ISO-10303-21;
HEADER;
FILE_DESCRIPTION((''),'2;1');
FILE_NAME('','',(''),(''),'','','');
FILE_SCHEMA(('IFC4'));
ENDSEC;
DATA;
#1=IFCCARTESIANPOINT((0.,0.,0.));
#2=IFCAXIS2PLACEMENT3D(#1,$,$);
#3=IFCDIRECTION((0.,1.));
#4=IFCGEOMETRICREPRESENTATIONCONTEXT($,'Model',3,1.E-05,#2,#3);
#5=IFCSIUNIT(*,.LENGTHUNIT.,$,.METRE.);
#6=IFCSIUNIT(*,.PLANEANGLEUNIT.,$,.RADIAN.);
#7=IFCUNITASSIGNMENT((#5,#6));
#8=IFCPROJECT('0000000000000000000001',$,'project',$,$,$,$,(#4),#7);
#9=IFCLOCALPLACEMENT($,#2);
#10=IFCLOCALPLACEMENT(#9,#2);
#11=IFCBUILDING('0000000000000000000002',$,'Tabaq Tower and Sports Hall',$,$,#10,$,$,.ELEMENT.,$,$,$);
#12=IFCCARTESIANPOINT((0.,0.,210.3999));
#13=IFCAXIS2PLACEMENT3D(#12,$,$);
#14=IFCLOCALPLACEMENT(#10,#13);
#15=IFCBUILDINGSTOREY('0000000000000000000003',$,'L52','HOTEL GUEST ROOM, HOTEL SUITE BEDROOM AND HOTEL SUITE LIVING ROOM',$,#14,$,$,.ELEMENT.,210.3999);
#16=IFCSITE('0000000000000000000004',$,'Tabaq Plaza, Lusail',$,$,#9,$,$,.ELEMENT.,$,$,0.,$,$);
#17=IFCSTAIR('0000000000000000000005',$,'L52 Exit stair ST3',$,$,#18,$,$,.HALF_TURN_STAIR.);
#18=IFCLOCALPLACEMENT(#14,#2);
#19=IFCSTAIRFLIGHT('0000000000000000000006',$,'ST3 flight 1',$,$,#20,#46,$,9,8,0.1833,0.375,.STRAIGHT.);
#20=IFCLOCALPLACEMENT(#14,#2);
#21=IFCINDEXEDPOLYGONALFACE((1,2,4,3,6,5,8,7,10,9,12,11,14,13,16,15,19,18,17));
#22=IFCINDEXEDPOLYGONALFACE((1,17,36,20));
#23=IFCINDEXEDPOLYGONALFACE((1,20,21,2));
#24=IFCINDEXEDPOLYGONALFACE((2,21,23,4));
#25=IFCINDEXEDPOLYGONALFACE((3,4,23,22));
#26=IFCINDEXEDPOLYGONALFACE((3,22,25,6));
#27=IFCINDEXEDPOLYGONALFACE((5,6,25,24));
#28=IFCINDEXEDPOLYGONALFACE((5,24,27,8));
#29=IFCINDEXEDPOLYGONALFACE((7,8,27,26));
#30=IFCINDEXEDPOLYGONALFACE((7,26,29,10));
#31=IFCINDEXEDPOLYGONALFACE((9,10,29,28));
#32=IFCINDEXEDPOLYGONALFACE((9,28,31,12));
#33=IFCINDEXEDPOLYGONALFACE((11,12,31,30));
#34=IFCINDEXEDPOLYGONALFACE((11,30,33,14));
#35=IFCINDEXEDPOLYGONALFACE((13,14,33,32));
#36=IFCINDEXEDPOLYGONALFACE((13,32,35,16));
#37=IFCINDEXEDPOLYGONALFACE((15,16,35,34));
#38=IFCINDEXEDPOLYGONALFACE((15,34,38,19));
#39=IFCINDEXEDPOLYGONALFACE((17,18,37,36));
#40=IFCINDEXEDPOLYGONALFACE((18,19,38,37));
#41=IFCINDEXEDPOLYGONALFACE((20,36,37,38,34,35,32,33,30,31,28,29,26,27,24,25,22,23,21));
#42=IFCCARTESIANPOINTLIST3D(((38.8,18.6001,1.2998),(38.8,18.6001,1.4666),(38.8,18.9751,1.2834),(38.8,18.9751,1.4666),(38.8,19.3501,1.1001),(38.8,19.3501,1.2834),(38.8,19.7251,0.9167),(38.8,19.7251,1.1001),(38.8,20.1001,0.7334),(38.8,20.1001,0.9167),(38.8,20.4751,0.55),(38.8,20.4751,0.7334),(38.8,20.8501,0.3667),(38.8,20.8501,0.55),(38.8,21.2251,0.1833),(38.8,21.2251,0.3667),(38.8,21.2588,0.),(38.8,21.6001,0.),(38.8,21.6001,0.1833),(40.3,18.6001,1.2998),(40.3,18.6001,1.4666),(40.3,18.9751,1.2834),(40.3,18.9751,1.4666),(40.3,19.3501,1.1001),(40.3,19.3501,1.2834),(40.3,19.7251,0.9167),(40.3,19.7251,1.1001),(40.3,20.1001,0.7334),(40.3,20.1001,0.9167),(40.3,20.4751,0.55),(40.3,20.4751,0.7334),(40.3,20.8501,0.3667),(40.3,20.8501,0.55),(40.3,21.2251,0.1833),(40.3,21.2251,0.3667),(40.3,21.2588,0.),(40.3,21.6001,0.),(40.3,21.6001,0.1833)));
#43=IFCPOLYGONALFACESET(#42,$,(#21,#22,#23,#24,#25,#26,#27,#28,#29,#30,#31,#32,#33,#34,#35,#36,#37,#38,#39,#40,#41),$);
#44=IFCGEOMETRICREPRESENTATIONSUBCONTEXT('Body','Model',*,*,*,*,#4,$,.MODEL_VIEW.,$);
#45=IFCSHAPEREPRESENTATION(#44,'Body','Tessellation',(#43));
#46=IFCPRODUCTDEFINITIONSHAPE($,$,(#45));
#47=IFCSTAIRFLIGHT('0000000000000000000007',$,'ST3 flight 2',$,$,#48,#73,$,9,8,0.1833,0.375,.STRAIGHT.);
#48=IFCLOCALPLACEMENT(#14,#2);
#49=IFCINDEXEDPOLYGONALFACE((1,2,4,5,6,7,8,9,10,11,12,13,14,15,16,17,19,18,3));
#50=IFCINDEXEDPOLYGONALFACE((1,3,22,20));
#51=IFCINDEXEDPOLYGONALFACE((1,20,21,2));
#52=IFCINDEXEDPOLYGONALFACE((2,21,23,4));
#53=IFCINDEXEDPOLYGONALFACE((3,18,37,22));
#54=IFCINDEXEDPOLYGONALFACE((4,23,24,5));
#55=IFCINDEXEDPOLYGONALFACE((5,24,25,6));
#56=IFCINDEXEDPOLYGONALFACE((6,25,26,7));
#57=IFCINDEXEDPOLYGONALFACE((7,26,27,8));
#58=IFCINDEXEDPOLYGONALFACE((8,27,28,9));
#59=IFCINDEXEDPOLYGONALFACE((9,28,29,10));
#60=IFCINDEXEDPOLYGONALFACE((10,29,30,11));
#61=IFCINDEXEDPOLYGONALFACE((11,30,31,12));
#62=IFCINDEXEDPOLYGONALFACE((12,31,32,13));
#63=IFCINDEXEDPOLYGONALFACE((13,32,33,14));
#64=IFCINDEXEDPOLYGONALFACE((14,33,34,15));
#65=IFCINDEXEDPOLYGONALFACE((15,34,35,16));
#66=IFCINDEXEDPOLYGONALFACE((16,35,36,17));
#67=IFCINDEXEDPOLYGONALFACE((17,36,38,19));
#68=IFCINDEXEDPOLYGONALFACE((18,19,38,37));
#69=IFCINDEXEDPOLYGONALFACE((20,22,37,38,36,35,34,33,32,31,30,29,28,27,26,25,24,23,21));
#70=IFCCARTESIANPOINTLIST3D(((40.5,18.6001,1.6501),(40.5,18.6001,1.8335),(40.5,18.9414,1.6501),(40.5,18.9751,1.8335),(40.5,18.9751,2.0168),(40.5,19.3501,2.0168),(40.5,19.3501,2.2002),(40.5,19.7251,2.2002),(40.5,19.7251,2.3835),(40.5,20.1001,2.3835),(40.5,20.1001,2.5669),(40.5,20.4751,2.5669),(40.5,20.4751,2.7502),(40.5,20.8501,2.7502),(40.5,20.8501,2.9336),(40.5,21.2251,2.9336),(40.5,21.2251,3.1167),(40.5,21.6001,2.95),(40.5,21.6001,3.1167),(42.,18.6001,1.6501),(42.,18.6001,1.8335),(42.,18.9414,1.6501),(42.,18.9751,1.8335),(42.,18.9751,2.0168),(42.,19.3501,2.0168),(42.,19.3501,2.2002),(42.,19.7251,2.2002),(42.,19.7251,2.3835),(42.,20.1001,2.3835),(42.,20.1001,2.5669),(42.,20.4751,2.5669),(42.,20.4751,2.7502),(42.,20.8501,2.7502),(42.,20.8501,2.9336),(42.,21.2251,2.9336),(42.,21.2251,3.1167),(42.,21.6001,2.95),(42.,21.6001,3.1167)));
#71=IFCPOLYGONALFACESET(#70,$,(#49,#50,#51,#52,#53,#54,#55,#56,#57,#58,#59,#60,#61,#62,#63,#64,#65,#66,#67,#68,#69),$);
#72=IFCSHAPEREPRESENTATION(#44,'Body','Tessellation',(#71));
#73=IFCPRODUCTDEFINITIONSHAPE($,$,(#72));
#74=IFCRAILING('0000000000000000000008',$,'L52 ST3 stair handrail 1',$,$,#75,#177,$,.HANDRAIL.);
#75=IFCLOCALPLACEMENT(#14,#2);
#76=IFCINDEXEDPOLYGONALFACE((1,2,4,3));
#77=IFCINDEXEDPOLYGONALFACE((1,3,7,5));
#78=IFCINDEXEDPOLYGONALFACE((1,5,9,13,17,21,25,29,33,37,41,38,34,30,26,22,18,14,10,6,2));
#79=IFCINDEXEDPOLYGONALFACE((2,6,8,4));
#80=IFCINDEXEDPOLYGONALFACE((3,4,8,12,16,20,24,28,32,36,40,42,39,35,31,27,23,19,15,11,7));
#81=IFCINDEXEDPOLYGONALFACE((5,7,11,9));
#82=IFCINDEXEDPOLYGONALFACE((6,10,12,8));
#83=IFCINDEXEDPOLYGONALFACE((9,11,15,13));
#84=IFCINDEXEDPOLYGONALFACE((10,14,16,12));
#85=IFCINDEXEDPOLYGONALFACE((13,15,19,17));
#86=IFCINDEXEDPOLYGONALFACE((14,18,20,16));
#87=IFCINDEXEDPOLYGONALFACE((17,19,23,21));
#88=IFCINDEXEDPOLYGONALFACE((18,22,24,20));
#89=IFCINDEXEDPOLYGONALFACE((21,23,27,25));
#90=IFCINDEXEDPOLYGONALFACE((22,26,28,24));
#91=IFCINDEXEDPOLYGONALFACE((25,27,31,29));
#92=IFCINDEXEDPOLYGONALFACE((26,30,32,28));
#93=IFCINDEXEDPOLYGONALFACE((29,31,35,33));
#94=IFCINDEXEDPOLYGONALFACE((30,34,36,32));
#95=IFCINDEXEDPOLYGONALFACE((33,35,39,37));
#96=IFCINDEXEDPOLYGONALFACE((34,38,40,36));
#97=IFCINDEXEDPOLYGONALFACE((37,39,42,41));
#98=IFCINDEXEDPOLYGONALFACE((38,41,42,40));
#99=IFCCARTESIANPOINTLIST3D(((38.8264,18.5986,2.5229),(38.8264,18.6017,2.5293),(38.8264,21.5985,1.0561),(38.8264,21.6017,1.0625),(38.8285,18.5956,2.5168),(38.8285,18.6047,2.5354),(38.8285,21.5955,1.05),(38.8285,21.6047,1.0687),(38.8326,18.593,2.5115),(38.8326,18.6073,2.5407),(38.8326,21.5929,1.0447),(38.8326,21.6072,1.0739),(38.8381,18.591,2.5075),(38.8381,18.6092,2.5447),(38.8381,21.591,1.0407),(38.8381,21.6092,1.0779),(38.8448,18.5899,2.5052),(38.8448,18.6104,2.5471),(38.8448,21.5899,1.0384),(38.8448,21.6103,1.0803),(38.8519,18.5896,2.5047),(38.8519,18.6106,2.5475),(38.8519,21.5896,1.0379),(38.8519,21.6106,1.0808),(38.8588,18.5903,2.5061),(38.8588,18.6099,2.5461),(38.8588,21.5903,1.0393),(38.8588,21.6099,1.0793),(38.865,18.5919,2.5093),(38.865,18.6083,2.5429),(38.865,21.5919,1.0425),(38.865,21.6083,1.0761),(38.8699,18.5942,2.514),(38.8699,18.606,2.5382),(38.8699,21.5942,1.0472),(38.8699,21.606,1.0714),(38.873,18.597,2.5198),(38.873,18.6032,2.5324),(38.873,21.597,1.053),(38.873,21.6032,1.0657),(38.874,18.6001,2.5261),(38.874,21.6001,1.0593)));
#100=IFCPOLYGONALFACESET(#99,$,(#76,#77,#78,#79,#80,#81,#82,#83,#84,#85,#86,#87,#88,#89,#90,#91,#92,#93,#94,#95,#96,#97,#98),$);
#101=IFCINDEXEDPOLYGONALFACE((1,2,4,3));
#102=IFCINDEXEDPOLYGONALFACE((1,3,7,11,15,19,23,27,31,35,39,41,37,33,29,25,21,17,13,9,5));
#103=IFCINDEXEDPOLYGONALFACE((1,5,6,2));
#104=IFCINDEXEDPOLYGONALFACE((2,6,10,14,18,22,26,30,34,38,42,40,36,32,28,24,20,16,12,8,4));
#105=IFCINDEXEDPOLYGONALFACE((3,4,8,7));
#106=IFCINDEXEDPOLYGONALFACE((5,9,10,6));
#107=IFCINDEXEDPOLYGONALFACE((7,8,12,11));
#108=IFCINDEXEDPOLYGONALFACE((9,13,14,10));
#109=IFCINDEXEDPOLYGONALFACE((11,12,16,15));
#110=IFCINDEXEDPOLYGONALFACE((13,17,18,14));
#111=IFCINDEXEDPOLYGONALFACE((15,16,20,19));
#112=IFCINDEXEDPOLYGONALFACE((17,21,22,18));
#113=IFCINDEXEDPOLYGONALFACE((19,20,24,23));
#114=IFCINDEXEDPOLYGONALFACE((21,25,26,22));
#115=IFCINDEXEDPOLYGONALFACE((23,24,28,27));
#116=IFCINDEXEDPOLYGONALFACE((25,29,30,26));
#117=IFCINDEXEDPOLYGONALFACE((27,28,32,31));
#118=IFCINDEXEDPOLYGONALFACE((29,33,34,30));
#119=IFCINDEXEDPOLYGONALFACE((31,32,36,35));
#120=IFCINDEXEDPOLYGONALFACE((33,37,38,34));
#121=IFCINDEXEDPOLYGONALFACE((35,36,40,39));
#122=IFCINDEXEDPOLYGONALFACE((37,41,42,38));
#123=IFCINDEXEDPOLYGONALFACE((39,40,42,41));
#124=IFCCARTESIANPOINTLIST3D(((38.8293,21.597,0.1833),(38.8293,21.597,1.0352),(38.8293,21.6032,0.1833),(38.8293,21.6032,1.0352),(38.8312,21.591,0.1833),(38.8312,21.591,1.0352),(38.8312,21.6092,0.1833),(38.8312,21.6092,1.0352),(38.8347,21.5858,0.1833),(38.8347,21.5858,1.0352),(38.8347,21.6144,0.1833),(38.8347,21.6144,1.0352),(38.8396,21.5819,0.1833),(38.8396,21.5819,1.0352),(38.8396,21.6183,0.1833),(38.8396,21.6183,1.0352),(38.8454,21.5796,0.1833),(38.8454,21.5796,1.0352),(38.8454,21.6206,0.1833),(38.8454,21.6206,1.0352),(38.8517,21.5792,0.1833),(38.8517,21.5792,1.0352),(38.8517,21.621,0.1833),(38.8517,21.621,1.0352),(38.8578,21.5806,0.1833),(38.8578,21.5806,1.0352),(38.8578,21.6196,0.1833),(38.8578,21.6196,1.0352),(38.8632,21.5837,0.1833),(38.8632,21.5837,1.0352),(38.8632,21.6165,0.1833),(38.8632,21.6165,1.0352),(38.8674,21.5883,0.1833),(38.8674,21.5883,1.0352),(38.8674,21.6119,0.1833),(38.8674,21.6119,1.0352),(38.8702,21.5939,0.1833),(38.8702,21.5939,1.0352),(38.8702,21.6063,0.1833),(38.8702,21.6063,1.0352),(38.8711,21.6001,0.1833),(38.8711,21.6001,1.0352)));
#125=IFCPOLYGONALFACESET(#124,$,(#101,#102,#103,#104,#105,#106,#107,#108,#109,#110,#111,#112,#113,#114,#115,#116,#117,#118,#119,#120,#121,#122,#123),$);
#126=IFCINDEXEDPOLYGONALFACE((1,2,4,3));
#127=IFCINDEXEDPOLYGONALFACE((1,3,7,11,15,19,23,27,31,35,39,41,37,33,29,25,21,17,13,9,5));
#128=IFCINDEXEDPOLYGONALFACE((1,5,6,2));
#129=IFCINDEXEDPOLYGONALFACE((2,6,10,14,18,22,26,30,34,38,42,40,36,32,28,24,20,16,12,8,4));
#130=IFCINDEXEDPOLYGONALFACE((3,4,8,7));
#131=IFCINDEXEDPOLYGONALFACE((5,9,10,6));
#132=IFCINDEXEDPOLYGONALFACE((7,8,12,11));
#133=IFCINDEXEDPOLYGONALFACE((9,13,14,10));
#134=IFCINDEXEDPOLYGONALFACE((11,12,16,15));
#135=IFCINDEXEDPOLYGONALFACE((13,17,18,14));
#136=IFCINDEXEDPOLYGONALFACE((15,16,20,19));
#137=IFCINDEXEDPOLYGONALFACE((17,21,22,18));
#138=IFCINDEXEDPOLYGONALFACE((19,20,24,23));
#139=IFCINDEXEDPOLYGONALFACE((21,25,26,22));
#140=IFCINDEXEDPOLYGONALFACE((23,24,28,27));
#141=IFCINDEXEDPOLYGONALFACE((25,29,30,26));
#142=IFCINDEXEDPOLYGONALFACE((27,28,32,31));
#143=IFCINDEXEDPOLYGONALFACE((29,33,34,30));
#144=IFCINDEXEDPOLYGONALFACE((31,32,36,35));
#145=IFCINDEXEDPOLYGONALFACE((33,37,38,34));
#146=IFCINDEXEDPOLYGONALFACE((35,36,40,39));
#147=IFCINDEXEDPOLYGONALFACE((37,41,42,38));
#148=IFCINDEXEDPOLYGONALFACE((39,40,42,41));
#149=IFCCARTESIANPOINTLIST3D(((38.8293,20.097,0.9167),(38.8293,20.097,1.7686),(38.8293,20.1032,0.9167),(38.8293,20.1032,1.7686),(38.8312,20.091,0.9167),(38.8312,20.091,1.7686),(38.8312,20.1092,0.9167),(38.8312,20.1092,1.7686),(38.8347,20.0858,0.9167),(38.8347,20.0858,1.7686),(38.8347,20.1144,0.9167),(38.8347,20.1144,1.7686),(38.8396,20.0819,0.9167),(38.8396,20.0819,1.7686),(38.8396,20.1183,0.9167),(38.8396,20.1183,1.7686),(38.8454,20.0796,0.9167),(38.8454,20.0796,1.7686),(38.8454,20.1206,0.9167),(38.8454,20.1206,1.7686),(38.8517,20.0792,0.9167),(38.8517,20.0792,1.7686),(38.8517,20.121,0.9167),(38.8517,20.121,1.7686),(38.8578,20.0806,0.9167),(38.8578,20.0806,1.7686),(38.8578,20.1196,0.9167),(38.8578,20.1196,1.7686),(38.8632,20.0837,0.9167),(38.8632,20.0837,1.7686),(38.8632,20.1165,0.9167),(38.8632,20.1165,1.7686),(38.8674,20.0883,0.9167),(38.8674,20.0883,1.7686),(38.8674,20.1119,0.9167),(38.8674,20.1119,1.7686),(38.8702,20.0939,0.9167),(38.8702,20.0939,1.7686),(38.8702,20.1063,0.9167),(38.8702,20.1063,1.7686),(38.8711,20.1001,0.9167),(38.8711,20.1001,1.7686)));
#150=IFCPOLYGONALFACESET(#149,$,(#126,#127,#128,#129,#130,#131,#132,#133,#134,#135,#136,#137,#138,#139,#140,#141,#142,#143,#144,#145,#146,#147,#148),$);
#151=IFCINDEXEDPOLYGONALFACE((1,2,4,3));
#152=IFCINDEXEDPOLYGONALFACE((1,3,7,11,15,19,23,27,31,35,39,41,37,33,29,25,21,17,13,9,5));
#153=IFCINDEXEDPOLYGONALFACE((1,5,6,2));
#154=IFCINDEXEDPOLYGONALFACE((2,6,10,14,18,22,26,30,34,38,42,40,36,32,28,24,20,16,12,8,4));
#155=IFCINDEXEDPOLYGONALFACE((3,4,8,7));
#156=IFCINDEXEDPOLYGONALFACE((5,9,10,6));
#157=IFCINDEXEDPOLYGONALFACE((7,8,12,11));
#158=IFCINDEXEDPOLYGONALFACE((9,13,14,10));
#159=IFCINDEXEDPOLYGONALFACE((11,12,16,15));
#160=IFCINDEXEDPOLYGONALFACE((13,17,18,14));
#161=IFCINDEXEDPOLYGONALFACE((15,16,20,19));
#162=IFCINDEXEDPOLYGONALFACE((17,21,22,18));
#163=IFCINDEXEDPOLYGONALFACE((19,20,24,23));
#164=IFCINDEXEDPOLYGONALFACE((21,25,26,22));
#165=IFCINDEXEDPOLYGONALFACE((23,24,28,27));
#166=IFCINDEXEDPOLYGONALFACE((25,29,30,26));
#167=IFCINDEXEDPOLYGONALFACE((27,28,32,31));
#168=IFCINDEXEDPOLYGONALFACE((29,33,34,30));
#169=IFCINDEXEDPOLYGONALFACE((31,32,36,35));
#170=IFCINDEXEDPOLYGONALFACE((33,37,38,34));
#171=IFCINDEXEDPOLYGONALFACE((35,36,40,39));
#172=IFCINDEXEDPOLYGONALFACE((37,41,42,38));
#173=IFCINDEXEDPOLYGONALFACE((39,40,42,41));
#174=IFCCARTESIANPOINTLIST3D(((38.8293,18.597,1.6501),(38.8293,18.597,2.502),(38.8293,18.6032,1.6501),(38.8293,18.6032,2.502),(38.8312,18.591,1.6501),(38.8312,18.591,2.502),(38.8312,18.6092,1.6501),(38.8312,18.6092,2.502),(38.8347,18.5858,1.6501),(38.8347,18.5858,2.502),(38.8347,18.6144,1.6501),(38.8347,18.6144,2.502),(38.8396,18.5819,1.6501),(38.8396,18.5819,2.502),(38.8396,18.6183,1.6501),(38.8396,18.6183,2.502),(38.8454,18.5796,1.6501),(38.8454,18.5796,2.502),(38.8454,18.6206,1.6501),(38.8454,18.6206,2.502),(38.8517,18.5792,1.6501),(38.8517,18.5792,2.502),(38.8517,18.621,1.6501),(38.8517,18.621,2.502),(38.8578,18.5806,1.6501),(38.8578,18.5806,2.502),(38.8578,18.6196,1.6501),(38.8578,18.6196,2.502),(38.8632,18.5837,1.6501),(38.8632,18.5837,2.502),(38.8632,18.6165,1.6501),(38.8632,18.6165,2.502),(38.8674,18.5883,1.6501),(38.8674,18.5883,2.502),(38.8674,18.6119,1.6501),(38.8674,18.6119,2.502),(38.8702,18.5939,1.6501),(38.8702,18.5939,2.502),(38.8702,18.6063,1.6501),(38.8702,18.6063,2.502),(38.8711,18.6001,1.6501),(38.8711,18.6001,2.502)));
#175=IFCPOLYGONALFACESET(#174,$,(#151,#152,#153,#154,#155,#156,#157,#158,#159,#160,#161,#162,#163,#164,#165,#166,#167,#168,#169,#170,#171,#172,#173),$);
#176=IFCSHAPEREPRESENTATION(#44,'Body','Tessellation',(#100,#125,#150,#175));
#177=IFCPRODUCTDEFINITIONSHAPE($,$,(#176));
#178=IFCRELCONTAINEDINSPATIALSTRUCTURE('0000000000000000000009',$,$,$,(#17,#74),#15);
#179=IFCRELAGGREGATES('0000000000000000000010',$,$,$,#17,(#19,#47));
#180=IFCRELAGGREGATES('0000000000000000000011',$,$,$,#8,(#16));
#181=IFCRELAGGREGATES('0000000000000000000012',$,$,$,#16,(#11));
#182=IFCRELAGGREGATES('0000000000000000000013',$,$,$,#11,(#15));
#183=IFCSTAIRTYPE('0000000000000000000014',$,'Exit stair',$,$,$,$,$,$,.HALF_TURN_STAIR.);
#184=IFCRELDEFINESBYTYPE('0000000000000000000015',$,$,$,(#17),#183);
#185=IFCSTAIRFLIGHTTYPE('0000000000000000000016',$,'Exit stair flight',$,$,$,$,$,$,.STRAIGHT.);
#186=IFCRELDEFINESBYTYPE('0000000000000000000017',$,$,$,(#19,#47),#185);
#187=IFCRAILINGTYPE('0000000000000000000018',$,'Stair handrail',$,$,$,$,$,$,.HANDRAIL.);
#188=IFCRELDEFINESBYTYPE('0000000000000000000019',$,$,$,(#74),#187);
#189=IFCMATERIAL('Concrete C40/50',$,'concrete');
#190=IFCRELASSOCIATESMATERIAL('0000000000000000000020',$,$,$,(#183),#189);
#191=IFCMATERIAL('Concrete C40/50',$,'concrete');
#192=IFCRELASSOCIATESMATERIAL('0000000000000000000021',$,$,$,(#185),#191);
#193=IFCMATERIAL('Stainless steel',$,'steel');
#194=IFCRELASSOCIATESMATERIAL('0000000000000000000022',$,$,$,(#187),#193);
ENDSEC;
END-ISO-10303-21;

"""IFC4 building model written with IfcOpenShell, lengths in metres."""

from ifc_helpers import new_model, si_unit, direction, frame, origin, origin_2d, place, context, subcontext, project, spatial, polyline, circle, outline, extrude, material, type_object, element, aggregate, save


model = new_model("IFC4")

# Units and contexts
model_context = context("Model", 3, precision=1e-05, world=origin(), true_north=direction((0.0, 1.0)))
body_context = subcontext(model_context, "Body", "Model", "MODEL_VIEW")
ifc_project = project(units=[si_unit("LENGTHUNIT", "METRE"), si_unit("PLANEANGLEUNIT", "RADIAN")], contexts=[model_context])

# Site, building, storey
site_placement = place(None, origin())
site = spatial("IfcSite", under=ifc_project, at=site_placement, Name="Tabaq Plaza, Lusail", CompositionType="ELEMENT", RefElevation=0.0)
building_placement = place(site_placement, origin())
building = spatial("IfcBuilding", under=site, at=building_placement, Name="Tabaq Tower and Sports Hall", CompositionType="ELEMENT")
storey_placement = place(building_placement, frame((0.0, 0.0, 210.3999)))
storey = spatial("IfcBuildingStorey", under=building, at=storey_placement, Name="L52", Description="HOTEL GUEST ROOM, HOTEL SUITE BEDROOM AND HOTEL SUITE LIVING ROOM", CompositionType="ELEMENT", Elevation=210.3999)

# Stair, stair flights
ifc_material_1 = material(Name="Concrete C40/50", Category="concrete")
stair_type = type_object("IfcStairType", Name="Exit stair", PredefinedType="HALF_TURN_STAIR", material=ifc_material_1)
stair_placement = place(storey_placement, origin())
stair = element("IfcStair", 1, at=stair_placement, inside=storey, type_object=stair_type, Name="L52 Exit stair ST3", PredefinedType="HALF_TURN_STAIR")
ifc_material_2 = material(Name="Concrete C40/50", Category="concrete")
stair_flight_type = type_object("IfcStairFlightType", Name="Exit stair flight", PredefinedType="STRAIGHT", material=ifc_material_2)
stair_flight_1_placement = place(storey_placement, frame((39.55, 21.6001, 0.0), z_axis=(0.0, 0.0, 1.0), x_axis=(0.0, -1.0, 0.0)))
stair_flight_1 = element("IfcStairFlight", 2, at=stair_flight_1_placement, type_object=stair_flight_type, Name="ST3 flight 1", NumberOfRisers=9, NumberOfTreads=8, PredefinedType="STRAIGHT", RiserHeight=0.1833, TreadLength=0.375, context=body_context, shape_type="SweptSolid", body=[
    extrude(outline(polyline([(0.0, 0.0), (0.0, 0.1833), (0.375, 0.1833), (0.375, 0.3667), (0.75, 0.3667), (0.75, 0.55), (1.125, 0.55), (1.125, 0.7334), (1.5, 0.7334), (1.5, 0.9167), (1.875, 0.9167), (1.875, 1.1001), (2.25, 1.1001), (2.25, 1.2834), (2.625, 1.2834), (2.625, 1.4666), (3.0, 1.4666), (3.0, 1.6499), (3.0, 1.2998), (0.3413, 0.0), (0.0, 0.0)])), frame((0.0, 0.75, 0.0), z_axis=(0.0, -1.0, 0.0), x_axis=(1.0, 0.0, 0.0)), (0.0, 0.0, 1.0), 1.5),
])
stair_flight_2_placement = place(storey_placement, frame((41.25, 18.6001, 1.6501), z_axis=(0.0, 0.0, 1.0), x_axis=(0.0, 1.0, 0.0)))
stair_flight_2 = element("IfcStairFlight", 3, at=stair_flight_2_placement, type_object=stair_flight_type, Name="ST3 flight 2", NumberOfRisers=9, NumberOfTreads=8, PredefinedType="STRAIGHT", RiserHeight=0.1833, TreadLength=0.375, context=body_context, shape_type="SweptSolid", body=[
    extrude(outline(polyline([(0.0, 0.0), (0.0, 0.1833), (0.375, 0.1833), (0.375, 0.3667), (0.75, 0.3667), (0.75, 0.55), (1.125, 0.55), (1.125, 0.7334), (1.5, 0.7334), (1.5, 0.9167), (1.875, 0.9167), (1.875, 1.1001), (2.25, 1.1001), (2.25, 1.2834), (2.625, 1.2834), (2.625, 1.4666), (3.0, 1.4666), (3.0, 1.6499), (3.0, 1.2998), (0.3413, 0.0), (0.0, 0.0)])), frame((0.0, 0.75, 0.0), z_axis=(0.0, -1.0, 0.0), x_axis=(1.0, 0.0, 0.0)), (0.0, 0.0, 1.0), 1.5),
])
aggregate(stair, [stair_flight_1, stair_flight_2])

# Railing
ifc_material_3 = material(Name="Stainless steel", Category="steel")
railing_type_1 = type_object("IfcRailingType", Name="Stair handrail", PredefinedType="HANDRAIL", material=ifc_material_3)
railing_1_placement = place(storey_placement, frame((38.8501, 21.6001, 0.1833)))
element("IfcRailing", 4, at=railing_1_placement, inside=storey, type_object=railing_type_1, Name="L52 ST3 stair handrail 1", PredefinedType="HANDRAIL", context=body_context, shape_type="SweptSolid", body=[
    extrude(circle(Radius=0.0239, at=origin_2d()), frame((0.0, 0.0, 0.876), z_axis=(0.0, -0.898369, 0.439242), x_axis=(1.0, 0.0, 0.0)), (0.0, 0.0, 1.0), 3.3394),
    extrude(circle(Radius=0.021, at=origin_2d()), origin(), (0.0, 0.0, 1.0), 0.8518),
    extrude(circle(Radius=0.021, at=origin_2d()), frame((0.0, -1.5, 0.7334)), (0.0, 0.0, 1.0), 0.8518),
    extrude(circle(Radius=0.021, at=origin_2d()), frame((0.0, -3.0, 1.4668)), (0.0, 0.0, 1.0), 0.8518),
])

save(model, "model.ifc")
